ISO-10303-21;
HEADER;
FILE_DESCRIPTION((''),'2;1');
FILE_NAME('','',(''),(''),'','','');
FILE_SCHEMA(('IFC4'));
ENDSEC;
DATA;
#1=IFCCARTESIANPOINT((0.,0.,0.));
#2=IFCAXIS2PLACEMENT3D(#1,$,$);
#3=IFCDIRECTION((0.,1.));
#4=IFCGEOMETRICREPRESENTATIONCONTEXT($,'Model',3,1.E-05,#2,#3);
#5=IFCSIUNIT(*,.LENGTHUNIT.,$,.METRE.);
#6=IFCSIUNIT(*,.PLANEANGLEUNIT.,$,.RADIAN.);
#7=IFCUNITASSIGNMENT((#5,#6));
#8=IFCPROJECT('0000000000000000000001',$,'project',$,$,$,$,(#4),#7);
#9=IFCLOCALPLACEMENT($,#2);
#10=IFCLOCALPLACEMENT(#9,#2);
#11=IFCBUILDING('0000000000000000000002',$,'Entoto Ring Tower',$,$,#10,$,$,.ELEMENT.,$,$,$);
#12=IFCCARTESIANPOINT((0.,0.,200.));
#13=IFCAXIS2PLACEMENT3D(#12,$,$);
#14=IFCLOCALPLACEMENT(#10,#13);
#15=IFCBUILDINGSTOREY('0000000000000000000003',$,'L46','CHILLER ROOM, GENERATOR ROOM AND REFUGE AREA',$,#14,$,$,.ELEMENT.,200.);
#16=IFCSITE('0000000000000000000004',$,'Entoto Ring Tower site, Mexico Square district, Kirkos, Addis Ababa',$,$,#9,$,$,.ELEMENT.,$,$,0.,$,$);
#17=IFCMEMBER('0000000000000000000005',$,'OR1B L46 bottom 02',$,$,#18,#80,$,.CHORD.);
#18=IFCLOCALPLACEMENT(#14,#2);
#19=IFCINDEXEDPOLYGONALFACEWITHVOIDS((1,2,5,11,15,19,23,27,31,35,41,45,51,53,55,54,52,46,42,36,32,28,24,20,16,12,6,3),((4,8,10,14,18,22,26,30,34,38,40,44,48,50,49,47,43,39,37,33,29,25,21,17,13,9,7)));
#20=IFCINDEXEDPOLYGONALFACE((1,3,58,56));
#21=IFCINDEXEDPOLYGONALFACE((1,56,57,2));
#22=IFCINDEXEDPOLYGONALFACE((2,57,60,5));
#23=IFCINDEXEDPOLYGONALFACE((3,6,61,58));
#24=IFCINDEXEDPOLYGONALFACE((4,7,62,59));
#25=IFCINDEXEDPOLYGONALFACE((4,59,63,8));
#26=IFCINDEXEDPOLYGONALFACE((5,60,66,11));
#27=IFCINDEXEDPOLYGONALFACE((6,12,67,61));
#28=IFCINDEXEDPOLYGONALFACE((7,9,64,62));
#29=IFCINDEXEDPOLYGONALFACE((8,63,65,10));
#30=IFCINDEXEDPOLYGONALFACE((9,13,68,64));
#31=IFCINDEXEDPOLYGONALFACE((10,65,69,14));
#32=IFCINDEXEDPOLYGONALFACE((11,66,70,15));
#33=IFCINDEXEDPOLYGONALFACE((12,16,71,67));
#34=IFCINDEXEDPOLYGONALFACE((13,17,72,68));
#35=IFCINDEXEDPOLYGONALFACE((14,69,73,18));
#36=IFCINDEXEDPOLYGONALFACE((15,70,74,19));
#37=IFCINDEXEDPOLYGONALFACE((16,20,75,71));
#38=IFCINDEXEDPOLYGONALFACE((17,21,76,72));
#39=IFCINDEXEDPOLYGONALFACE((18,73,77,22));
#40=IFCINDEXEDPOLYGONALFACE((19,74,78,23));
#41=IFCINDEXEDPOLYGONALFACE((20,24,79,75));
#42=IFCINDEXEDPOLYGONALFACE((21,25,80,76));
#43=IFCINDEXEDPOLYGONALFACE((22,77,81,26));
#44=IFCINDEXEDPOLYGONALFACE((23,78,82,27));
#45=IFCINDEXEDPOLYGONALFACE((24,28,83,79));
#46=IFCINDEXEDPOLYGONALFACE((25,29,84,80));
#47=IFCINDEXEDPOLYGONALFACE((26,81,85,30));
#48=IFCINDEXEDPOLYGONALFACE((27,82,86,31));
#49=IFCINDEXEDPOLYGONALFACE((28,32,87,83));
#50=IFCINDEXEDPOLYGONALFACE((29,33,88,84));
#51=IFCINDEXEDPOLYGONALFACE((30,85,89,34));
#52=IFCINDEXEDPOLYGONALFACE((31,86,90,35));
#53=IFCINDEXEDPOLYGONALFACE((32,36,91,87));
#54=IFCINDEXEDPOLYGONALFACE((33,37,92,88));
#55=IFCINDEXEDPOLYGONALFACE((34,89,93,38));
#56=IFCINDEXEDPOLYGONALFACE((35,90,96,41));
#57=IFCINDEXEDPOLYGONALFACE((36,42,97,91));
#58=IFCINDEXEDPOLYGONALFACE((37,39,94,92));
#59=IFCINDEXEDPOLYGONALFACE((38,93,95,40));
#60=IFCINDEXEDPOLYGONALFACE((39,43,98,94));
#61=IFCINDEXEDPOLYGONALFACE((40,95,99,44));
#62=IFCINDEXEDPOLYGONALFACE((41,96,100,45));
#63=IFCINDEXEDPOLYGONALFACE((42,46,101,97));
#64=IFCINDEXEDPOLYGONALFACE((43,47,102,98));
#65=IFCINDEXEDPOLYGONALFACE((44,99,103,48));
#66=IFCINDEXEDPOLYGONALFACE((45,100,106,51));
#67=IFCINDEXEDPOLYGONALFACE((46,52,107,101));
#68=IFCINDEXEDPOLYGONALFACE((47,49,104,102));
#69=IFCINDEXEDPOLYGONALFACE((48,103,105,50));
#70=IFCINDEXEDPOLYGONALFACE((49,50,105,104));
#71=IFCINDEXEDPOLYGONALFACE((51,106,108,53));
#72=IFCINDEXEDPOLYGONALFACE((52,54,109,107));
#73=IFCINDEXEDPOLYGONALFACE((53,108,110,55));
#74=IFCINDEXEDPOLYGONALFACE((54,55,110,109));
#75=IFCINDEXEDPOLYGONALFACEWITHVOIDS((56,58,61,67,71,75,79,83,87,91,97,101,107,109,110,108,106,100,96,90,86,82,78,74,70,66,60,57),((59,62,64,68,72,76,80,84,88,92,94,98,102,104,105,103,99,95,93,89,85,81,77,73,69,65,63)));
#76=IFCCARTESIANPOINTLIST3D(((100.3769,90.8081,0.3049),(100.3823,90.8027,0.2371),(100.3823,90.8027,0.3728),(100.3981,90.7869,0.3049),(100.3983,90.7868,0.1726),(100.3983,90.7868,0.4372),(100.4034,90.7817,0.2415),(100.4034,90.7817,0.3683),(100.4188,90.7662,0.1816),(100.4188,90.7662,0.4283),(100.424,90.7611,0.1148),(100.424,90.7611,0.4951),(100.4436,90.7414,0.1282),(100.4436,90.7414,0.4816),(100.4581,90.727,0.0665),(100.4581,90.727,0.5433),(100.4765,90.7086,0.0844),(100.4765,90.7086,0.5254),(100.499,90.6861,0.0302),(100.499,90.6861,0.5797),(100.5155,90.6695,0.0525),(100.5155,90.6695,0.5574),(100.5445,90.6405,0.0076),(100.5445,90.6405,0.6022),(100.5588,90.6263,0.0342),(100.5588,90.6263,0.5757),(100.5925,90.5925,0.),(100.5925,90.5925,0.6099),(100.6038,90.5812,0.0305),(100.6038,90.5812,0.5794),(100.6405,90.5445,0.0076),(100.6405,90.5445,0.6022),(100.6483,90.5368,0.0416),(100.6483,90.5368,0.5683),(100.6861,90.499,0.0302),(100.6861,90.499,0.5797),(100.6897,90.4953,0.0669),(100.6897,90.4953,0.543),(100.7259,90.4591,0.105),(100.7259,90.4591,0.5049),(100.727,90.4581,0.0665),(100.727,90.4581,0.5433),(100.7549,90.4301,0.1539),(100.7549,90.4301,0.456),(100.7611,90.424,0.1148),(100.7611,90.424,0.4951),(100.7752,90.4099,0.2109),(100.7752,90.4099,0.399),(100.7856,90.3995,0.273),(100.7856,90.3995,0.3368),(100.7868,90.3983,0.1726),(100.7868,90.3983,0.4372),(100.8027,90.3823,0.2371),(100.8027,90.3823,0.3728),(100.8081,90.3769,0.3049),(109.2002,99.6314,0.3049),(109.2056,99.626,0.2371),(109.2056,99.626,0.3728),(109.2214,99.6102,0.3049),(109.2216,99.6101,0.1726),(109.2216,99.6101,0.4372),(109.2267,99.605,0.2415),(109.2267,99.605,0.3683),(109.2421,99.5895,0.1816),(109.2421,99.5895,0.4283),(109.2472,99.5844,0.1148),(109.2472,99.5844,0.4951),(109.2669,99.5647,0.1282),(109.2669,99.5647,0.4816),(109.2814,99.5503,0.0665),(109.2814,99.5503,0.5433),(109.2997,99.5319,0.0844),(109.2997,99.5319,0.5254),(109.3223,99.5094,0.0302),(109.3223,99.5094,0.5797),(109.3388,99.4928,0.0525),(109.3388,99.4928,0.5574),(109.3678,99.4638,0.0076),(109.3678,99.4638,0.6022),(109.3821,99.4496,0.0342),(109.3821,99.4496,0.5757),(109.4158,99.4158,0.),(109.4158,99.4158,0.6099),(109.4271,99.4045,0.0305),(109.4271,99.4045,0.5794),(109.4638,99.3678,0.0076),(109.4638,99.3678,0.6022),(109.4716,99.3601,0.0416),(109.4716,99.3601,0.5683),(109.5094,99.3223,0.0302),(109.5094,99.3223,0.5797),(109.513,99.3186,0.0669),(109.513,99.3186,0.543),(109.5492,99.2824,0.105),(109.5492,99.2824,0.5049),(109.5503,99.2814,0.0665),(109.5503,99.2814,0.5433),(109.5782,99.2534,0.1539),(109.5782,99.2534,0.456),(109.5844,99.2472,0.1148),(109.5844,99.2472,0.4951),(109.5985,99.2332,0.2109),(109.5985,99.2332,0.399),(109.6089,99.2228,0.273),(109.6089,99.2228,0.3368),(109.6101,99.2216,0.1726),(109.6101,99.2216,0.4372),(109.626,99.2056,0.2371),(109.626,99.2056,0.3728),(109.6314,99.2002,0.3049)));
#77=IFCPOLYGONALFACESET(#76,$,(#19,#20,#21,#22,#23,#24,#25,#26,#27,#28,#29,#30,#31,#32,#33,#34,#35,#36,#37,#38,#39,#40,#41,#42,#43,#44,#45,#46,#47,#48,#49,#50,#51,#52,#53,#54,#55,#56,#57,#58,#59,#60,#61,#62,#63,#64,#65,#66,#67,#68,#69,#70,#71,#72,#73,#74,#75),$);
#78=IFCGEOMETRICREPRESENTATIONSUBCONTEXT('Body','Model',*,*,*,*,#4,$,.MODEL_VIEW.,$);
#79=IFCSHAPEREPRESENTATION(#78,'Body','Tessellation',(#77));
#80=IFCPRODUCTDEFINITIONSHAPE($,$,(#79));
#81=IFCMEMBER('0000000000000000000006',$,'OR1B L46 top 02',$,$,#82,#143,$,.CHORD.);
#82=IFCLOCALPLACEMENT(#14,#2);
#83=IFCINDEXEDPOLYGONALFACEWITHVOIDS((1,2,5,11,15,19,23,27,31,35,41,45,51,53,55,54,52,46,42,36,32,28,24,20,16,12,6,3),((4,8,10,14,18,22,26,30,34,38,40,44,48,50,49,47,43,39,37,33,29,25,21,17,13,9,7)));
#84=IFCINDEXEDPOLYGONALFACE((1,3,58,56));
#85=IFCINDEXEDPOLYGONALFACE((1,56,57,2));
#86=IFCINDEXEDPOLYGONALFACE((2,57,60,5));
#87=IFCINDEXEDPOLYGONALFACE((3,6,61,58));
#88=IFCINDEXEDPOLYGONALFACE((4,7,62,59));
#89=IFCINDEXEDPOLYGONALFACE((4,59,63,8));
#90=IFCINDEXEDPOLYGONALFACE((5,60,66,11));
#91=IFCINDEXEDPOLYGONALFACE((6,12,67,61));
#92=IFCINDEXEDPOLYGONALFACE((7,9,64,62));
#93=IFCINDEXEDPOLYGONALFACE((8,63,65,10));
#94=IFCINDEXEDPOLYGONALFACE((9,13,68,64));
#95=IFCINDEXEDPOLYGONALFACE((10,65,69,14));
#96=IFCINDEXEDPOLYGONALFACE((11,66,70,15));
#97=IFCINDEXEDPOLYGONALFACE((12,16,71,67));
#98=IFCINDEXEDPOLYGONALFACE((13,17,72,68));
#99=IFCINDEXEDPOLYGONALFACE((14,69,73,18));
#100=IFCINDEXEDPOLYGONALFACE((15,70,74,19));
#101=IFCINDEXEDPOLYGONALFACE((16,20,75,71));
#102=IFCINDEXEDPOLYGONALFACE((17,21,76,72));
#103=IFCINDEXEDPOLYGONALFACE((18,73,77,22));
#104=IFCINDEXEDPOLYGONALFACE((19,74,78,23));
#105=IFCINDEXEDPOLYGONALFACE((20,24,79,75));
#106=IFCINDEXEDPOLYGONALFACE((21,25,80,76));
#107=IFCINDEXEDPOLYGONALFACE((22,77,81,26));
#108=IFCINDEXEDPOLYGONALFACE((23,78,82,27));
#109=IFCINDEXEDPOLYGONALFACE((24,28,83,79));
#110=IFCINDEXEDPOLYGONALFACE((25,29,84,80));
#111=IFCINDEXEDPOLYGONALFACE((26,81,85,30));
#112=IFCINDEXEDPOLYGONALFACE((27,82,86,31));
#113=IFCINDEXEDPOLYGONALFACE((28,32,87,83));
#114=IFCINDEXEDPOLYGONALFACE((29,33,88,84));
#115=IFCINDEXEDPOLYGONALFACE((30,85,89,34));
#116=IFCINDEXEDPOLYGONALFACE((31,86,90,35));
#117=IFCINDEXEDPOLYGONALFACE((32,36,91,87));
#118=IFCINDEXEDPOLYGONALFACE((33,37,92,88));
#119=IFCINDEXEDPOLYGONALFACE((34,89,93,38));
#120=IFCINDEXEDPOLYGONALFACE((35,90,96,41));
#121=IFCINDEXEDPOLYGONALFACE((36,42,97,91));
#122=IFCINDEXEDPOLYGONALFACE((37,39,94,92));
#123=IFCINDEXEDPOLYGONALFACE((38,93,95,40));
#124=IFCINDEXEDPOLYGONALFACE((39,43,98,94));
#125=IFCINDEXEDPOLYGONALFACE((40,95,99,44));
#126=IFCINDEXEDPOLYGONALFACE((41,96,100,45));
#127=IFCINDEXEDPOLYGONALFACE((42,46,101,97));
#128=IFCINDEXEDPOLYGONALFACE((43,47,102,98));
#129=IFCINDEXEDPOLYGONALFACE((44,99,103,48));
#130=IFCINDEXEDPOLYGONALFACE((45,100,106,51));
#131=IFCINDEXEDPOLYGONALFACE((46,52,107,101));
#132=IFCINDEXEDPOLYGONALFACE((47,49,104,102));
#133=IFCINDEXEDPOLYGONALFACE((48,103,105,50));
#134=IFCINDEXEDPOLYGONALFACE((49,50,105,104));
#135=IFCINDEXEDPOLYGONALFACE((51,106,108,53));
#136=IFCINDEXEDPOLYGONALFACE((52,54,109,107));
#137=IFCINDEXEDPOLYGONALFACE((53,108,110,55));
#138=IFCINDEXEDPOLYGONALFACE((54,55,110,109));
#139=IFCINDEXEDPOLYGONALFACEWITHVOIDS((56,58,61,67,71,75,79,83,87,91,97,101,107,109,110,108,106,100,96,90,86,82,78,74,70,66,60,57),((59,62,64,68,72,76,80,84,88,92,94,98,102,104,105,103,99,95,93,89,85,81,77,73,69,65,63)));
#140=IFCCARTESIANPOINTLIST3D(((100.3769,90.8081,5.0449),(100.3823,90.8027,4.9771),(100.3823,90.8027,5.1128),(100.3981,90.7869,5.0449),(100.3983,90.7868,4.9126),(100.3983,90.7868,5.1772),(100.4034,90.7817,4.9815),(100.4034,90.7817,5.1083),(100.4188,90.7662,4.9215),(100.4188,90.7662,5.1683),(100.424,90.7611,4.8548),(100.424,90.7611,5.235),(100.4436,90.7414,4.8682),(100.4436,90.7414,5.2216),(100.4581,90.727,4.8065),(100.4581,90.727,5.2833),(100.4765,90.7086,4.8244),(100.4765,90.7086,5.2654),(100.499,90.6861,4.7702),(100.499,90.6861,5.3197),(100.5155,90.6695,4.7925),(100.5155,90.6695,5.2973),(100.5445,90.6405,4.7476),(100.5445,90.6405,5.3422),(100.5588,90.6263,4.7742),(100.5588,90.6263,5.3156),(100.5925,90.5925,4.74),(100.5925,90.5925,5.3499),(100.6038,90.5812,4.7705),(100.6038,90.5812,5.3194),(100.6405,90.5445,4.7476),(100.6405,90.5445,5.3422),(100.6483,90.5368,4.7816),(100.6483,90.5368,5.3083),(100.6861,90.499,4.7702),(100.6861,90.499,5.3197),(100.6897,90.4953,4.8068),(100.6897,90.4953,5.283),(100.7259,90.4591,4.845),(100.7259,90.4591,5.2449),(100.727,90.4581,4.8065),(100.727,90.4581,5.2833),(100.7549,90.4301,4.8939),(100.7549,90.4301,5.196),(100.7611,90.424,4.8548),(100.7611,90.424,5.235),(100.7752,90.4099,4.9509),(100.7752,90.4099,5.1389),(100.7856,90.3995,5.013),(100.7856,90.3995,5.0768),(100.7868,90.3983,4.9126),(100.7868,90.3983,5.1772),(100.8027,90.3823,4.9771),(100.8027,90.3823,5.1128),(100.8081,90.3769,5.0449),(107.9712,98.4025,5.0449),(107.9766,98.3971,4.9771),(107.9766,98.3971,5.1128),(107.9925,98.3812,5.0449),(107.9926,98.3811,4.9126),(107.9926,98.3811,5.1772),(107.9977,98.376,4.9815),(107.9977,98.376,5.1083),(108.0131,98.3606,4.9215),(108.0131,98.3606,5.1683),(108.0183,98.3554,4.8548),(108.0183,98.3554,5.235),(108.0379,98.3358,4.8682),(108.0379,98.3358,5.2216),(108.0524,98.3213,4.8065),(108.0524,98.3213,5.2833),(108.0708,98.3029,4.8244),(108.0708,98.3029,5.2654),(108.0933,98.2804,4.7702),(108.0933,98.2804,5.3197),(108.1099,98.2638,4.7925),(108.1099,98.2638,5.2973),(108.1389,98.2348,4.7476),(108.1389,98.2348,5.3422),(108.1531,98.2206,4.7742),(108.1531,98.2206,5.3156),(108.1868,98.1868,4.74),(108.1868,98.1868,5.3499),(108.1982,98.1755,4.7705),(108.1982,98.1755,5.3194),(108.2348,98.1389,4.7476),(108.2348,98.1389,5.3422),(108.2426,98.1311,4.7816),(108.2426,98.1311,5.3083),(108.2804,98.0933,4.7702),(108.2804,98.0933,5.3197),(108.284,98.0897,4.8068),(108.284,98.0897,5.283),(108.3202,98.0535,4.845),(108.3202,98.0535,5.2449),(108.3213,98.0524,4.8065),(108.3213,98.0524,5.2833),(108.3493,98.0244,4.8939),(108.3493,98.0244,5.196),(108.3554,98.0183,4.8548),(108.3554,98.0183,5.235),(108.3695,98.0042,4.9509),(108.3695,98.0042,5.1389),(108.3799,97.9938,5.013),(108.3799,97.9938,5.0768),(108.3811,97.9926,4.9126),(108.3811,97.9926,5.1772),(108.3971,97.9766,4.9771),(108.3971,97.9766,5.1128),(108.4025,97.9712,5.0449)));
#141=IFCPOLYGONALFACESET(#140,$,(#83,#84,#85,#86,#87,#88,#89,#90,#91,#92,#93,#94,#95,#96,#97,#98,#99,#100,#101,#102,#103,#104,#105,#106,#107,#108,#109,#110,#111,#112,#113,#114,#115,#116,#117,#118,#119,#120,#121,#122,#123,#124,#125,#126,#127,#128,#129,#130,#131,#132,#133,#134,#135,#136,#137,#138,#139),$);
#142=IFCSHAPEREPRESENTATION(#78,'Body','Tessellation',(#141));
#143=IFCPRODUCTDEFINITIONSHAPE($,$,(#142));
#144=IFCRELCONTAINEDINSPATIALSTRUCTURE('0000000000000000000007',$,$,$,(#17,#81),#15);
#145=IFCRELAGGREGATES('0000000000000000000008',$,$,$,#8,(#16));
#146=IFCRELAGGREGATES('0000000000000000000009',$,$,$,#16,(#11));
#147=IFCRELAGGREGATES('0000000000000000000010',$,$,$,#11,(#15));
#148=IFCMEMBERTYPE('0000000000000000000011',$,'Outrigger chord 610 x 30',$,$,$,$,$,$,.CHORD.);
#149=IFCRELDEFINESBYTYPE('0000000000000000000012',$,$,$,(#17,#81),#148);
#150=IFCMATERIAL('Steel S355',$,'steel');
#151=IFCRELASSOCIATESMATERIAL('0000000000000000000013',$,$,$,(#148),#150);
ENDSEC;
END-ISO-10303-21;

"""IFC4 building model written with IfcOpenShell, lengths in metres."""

from ifc_helpers import new_model, si_unit, direction, frame, origin, origin_2d, place, context, subcontext, project, spatial, circle, hollow_circle, extrude, material, material_profile, profile_set, type_object, element, save


model = new_model("IFC4")

# Units and contexts
model_context = context("Model", 3, precision=1e-05, world=origin(), true_north=direction((0.0, 1.0)))
body_context = subcontext(model_context, "Body", "Model", "MODEL_VIEW")
ifc_project = project(units=[si_unit("LENGTHUNIT", "METRE"), si_unit("PLANEANGLEUNIT", "RADIAN")], contexts=[model_context])

# Site, building, storey
site_placement = place(None, origin())
site = spatial("IfcSite", under=ifc_project, at=site_placement, Name="Entoto Ring Tower site, Mexico Square district, Kirkos, Addis Ababa", CompositionType="ELEMENT", RefElevation=0.0)
building_placement = place(site_placement, origin())
building = spatial("IfcBuilding", under=site, at=building_placement, Name="Entoto Ring Tower", CompositionType="ELEMENT")
storey_placement = place(building_placement, frame((0.0, 0.0, 200.0)))
storey = spatial("IfcBuildingStorey", under=building, at=storey_placement, Name="L46", Description="CHILLER ROOM, GENERATOR ROOM AND REFUGE AREA", CompositionType="ELEMENT", Elevation=200.0)

# Members
ifc_material_1 = material(Name="Steel S355", Category="steel")
ifc_material_profile_1 = material_profile(ifc_material_1, hollow_circle(Radius=0.3049, WallThickness=0.03, at=origin_2d()), Name="CHS 610 x 30")
ifc_material_2 = material(Name="Concrete C60/75", Category="concrete")
ifc_material_profile_2 = material_profile(ifc_material_2, circle(Radius=0.2749, at=origin_2d()), Name="Concrete C60/75 infill")
ifc_profile_set_1 = profile_set([ifc_material_profile_1, ifc_material_profile_2], Name="Steel S355")
member_type_1 = type_object("IfcMemberType", Name="Outrigger chord 610 x 30", PredefinedType="CHORD", material=ifc_profile_set_1)
member_1_placement = place(storey_placement, frame((100.5925, 90.5925, 0.3049), z_axis=(0.707107, 0.707107, 0.0), x_axis=(-0.707107, 0.707107, 0.0)))
element("IfcMember", 1, at=member_1_placement, inside=storey, type_object=member_type_1, Name="OR1B L46 bottom 02", PredefinedType="CHORD", context=body_context, shape_type="SweptSolid", body=[
    extrude(hollow_circle(Radius=0.3049, WallThickness=0.03, at=origin_2d()), origin(), (0.0, 0.0, 1.0), 12.478),
])
member_2_placement = place(storey_placement, frame((100.5925, 90.5925, 5.0449), z_axis=(0.707107, 0.707107, 0.0), x_axis=(-0.707107, 0.707107, 0.0)))
element("IfcMember", 2, at=member_2_placement, inside=storey, type_object=member_type_1, Name="OR1B L46 top 02", PredefinedType="CHORD", context=body_context, shape_type="SweptSolid", body=[
    extrude(hollow_circle(Radius=0.3049, WallThickness=0.03, at=origin_2d()), origin(), (0.0, 0.0, 1.0), 10.74),
])

save(model, "model.ifc")
